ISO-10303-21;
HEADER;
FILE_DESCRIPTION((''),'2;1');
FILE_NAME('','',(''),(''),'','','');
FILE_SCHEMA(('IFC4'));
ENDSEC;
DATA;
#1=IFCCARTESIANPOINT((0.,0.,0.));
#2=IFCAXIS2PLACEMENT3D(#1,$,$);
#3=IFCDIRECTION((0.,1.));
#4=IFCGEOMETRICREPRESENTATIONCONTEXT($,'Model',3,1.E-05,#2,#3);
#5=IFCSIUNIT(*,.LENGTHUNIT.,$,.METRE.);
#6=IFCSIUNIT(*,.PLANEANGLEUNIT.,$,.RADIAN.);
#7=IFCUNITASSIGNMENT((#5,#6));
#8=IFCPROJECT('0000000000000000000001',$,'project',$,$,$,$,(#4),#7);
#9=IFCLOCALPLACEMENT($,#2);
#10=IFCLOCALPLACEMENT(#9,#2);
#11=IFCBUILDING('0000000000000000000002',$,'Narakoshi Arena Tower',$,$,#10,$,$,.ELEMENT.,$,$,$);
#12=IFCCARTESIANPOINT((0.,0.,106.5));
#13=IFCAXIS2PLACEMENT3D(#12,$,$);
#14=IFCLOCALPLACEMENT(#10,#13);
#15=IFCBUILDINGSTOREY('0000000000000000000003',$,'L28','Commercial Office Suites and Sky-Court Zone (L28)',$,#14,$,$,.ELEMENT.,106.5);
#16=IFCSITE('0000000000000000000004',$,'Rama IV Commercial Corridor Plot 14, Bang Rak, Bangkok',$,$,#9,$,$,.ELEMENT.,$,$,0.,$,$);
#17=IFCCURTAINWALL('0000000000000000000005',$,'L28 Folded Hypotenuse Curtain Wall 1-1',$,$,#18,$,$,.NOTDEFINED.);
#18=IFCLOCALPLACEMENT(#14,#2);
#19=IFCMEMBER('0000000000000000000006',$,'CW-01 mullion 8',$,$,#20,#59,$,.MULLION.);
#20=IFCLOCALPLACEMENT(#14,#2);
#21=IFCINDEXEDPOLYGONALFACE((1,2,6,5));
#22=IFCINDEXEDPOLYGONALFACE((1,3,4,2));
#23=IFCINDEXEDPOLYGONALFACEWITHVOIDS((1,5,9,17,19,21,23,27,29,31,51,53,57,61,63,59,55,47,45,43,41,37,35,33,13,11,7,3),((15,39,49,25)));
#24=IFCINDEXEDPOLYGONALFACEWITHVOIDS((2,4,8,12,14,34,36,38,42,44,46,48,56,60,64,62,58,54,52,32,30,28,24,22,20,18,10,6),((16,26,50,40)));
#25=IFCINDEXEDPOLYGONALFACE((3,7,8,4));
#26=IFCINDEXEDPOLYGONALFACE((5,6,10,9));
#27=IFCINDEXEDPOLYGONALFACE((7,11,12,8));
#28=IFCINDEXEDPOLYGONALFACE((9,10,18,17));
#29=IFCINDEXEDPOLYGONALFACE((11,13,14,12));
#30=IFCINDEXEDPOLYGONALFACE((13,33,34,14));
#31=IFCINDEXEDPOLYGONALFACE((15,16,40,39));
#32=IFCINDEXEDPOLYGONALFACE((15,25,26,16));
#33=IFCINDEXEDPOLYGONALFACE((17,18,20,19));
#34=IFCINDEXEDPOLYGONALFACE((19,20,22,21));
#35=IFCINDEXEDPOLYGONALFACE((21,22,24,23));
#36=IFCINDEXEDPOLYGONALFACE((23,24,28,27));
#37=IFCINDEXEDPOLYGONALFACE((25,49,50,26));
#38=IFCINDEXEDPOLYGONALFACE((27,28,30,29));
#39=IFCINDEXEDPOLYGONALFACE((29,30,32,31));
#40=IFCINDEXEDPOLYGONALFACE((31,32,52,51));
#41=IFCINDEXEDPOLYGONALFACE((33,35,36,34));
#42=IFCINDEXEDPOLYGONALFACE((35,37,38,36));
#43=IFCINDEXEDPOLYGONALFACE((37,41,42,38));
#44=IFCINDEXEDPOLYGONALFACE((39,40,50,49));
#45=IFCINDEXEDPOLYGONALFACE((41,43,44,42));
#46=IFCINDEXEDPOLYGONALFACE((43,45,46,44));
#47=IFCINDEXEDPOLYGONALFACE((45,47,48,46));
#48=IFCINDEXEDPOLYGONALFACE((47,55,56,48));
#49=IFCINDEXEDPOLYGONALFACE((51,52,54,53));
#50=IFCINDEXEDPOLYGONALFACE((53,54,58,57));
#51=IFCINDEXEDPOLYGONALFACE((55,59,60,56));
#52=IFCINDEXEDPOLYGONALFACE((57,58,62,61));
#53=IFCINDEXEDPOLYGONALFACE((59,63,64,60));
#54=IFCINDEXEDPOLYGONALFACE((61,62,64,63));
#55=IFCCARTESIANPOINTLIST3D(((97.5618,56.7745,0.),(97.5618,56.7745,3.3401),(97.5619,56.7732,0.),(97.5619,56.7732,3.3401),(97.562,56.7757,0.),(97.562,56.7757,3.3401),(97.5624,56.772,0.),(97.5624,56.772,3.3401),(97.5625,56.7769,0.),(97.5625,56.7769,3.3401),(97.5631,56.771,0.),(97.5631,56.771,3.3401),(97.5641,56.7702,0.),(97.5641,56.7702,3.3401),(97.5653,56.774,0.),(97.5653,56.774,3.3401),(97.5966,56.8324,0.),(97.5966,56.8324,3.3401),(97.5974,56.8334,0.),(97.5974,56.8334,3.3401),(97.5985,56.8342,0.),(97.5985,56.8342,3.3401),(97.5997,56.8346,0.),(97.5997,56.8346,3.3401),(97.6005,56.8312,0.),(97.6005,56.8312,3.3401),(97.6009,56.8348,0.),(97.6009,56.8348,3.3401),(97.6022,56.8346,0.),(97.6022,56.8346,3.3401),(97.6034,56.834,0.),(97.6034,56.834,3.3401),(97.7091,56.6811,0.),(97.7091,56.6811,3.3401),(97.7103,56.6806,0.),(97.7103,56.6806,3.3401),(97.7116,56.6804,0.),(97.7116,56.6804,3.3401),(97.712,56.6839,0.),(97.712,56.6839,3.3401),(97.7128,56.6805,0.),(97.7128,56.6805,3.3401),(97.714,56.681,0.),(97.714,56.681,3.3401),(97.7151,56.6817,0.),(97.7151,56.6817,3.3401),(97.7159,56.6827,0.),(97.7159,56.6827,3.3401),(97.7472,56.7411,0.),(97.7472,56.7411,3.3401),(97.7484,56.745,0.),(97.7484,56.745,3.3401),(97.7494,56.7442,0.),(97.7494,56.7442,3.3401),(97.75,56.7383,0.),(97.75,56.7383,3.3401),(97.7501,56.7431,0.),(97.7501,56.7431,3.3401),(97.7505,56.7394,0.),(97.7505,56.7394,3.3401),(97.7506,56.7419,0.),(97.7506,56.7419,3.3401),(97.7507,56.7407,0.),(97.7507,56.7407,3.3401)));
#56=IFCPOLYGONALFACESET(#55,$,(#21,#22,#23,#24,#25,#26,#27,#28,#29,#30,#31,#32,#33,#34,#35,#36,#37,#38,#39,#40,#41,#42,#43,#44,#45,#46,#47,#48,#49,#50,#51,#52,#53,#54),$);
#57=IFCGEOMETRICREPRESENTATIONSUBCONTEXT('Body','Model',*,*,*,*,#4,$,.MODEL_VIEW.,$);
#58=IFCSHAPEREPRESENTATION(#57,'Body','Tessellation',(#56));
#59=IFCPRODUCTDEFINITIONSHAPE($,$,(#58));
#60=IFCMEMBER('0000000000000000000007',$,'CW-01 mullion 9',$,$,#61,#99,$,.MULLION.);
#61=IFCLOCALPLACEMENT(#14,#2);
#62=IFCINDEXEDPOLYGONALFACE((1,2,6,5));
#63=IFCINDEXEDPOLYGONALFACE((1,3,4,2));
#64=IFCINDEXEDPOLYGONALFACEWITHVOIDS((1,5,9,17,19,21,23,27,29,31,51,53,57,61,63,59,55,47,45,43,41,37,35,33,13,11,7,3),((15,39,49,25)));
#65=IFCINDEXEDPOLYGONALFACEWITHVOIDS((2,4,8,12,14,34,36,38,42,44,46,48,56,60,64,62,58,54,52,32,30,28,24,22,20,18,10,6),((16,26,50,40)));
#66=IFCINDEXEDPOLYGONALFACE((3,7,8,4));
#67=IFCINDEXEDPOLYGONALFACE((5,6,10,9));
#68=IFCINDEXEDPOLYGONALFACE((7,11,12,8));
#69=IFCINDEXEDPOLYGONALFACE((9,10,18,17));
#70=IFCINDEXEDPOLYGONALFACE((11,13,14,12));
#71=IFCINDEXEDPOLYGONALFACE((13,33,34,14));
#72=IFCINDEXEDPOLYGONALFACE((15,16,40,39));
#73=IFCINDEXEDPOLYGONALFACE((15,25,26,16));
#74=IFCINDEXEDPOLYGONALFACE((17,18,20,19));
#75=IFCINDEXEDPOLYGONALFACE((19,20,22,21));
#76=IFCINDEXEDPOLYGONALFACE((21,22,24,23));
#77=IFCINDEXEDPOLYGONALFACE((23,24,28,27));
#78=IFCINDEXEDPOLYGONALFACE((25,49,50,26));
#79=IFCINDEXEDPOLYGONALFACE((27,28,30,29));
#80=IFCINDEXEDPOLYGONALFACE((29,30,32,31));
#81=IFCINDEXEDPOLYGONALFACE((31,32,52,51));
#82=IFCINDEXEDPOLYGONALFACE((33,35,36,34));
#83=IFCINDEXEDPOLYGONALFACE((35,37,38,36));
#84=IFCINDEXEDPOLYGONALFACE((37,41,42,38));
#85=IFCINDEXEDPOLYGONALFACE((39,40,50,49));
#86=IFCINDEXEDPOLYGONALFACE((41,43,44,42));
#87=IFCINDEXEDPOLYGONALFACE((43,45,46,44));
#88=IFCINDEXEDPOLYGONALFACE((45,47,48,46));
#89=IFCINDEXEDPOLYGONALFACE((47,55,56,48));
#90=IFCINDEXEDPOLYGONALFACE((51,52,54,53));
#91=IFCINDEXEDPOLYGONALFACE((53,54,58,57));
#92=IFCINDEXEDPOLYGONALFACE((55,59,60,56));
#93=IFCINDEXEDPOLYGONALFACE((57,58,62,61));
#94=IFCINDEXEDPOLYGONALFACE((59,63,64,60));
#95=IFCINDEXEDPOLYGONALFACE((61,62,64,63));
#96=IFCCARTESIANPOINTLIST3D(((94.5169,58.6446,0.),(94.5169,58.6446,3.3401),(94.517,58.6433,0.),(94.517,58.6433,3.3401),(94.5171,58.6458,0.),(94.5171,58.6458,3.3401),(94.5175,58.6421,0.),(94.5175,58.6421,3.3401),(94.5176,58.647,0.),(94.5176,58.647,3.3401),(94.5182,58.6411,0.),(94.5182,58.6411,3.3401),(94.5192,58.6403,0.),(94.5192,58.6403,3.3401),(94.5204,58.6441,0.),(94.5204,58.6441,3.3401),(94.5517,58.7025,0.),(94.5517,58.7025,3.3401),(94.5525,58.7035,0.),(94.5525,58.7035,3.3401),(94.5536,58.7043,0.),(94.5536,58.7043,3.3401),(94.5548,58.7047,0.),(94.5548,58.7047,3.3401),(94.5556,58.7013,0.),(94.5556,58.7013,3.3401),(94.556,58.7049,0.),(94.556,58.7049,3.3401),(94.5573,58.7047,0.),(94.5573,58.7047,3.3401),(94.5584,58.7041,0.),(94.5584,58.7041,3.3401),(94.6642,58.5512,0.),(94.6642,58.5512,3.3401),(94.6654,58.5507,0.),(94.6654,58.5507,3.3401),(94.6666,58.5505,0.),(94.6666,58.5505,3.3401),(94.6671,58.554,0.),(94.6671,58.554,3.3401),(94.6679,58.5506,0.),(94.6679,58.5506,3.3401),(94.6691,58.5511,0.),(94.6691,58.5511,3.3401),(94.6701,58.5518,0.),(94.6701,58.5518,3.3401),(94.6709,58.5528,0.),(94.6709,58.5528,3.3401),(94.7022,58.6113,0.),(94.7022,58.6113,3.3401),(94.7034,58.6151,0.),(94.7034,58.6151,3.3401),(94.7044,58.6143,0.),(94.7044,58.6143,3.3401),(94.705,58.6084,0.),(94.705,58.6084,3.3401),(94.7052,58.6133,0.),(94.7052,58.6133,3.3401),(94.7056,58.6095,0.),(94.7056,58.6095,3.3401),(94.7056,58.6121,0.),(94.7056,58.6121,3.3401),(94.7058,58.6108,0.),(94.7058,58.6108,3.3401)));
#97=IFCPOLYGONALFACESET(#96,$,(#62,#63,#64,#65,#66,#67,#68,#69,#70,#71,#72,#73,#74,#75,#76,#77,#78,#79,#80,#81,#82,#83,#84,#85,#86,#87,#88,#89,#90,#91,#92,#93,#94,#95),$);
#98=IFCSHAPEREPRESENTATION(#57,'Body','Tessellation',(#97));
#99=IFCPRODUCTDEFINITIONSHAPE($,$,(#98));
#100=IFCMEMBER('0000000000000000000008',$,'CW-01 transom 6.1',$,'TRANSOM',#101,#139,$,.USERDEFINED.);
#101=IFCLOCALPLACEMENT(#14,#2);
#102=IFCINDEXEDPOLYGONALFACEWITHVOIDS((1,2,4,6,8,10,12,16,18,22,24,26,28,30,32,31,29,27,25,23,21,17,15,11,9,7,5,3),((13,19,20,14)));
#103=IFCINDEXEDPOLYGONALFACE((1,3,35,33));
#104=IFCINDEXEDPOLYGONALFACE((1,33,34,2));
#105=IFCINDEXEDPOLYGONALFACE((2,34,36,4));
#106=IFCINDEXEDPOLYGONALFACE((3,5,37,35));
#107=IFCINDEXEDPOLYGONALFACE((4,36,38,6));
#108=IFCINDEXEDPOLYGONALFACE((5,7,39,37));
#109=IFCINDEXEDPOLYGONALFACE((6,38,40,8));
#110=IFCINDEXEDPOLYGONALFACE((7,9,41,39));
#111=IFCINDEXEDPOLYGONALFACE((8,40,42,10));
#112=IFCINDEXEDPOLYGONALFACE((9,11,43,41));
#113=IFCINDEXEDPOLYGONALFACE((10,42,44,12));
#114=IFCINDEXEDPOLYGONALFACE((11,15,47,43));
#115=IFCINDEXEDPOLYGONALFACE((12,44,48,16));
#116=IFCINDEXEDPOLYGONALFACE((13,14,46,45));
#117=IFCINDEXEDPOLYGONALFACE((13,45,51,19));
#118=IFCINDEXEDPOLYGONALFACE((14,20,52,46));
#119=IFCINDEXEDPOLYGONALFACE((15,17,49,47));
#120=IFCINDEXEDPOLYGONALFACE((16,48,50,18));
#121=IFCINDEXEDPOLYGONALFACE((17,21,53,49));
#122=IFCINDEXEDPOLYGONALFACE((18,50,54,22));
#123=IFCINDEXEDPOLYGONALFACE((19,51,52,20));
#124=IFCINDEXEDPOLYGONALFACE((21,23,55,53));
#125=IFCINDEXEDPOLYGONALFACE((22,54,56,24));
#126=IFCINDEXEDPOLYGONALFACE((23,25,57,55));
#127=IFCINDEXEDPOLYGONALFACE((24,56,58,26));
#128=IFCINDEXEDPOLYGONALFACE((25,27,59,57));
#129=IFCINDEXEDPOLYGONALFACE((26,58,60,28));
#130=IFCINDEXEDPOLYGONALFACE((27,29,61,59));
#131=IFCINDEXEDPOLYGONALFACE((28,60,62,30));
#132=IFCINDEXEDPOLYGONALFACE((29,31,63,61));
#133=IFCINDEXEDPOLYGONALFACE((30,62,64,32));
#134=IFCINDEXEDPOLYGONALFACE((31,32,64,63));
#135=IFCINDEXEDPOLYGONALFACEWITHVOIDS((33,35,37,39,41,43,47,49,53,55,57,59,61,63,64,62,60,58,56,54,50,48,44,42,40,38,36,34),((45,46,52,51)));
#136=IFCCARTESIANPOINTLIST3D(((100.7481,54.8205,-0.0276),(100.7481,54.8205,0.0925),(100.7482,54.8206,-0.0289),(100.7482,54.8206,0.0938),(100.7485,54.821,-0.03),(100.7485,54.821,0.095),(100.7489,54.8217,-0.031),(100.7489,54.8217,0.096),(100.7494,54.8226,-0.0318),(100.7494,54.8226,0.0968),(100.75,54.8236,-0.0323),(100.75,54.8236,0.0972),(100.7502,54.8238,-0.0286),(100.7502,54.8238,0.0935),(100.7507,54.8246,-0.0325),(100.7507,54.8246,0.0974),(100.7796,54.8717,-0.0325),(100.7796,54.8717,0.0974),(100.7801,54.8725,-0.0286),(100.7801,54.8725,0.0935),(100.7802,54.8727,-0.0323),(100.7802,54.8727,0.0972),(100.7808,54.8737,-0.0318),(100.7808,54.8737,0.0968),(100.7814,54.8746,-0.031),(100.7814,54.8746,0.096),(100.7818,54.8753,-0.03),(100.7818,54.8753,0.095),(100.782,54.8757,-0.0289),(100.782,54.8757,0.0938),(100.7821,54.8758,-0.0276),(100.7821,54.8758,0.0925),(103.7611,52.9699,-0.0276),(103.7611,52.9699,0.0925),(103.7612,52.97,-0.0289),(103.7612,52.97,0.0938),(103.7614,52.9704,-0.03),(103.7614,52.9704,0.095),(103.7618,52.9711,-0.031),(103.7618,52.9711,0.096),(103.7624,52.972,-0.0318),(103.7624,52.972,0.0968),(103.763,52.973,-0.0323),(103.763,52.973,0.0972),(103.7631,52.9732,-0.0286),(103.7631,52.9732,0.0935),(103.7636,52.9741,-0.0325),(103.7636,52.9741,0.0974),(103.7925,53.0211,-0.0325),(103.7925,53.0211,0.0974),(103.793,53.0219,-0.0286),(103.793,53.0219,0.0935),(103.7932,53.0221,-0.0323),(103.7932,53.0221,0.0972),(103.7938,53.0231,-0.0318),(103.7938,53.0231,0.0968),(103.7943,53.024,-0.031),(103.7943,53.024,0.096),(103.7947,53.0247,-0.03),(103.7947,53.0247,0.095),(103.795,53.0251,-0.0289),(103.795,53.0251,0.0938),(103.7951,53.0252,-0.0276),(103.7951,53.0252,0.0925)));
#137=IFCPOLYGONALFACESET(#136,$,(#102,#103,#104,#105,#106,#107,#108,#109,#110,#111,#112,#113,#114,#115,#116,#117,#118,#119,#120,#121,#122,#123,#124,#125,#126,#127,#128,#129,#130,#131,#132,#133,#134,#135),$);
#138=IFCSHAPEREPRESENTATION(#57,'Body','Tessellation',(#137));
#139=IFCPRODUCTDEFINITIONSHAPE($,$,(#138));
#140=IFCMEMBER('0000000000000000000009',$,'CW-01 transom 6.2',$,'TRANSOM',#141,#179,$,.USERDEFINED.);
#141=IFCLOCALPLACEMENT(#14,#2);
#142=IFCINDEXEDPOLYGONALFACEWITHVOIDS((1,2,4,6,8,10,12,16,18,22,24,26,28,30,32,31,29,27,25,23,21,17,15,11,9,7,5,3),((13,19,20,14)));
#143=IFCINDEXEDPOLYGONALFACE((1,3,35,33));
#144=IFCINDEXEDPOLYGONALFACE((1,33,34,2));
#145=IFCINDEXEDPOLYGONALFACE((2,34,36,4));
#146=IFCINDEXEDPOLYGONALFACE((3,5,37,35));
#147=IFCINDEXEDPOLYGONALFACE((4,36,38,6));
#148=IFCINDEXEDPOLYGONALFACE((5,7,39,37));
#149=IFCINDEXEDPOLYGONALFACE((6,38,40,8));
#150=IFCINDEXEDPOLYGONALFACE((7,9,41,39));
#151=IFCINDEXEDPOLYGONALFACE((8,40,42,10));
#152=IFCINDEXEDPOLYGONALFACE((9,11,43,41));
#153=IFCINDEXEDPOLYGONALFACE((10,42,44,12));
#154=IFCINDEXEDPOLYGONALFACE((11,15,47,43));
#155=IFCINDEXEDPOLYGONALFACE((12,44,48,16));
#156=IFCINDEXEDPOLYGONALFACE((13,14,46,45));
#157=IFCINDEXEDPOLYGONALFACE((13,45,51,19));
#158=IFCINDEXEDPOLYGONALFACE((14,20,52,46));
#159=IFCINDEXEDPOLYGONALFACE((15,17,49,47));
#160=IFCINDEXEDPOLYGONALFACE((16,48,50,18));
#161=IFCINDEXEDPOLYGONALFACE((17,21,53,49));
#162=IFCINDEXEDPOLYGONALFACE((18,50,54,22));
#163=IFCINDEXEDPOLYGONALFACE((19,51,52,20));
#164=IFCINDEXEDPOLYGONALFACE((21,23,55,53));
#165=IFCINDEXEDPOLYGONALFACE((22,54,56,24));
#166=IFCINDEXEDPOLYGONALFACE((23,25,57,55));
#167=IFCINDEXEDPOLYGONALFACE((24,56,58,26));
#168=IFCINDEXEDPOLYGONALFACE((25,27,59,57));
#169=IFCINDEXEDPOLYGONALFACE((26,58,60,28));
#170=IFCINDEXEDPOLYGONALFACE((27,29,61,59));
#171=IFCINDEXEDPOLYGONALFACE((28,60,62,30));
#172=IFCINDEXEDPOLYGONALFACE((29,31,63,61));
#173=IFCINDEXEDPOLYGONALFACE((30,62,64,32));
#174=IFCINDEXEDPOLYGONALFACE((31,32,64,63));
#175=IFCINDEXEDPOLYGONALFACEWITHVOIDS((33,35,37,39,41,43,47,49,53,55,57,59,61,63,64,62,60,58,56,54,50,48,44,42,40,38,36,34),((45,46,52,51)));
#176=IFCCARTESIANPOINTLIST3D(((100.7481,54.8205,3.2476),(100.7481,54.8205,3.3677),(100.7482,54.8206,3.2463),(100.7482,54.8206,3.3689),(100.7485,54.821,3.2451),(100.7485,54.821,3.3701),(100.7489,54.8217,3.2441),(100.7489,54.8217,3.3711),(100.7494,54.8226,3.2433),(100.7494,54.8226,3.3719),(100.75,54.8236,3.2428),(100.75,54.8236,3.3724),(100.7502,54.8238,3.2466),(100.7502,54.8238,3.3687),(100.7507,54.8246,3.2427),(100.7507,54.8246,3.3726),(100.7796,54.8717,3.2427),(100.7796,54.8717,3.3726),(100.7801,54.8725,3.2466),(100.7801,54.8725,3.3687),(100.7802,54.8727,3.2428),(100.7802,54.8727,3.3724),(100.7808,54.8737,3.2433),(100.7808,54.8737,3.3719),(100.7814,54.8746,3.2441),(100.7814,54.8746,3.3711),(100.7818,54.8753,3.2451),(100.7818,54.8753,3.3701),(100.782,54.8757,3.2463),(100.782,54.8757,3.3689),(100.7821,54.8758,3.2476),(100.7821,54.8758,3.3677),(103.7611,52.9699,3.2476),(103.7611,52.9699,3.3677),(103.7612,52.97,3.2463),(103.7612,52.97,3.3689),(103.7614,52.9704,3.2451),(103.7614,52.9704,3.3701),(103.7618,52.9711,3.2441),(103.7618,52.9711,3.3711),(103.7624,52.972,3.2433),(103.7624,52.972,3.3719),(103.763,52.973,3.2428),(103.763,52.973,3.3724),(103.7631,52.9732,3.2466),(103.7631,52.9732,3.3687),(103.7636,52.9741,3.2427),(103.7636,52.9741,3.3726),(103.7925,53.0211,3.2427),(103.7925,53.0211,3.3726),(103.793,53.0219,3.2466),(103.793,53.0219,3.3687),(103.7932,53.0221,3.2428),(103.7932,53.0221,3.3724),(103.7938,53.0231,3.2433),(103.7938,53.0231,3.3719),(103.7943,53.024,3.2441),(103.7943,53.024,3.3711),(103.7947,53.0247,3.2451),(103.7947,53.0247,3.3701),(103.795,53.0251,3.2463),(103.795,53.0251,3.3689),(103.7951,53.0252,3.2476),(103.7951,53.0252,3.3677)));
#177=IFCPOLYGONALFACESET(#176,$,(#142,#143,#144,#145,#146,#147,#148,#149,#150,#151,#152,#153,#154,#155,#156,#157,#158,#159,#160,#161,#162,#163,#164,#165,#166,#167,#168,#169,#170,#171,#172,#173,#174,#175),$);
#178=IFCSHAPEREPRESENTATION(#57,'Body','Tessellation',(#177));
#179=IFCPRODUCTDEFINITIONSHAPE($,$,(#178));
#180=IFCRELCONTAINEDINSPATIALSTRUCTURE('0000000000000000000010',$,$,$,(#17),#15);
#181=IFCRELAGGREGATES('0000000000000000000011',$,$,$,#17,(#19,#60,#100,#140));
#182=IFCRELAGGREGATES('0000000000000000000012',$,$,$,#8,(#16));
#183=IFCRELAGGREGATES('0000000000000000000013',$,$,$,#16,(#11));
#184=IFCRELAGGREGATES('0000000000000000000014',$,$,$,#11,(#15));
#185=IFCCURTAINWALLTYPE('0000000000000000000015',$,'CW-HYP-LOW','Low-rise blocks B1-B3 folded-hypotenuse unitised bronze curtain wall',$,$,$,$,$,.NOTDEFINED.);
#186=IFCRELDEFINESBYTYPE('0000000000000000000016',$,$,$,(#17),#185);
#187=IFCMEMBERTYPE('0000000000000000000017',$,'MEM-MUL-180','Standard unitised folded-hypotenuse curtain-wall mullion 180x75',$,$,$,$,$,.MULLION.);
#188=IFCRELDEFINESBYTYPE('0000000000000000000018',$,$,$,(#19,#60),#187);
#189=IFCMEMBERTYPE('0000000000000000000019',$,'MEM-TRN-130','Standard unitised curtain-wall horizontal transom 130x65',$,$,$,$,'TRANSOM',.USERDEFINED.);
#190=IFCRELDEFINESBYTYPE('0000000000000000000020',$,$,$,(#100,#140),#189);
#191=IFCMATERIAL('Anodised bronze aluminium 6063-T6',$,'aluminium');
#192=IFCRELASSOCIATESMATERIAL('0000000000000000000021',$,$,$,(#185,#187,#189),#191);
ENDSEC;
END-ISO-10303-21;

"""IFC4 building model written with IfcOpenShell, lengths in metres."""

from ifc_helpers import new_model, si_unit, direction, frame, origin, origin_2d, place, context, subcontext, project, spatial, hollow_rectangle, extrude, material, material_profile, profile_set, type_object, element, aggregate, save


model = new_model("IFC4")

# Units and contexts
model_context = context("Model", 3, precision=1e-05, world=origin(), true_north=direction((0.0, 1.0)))
body_context = subcontext(model_context, "Body", "Model", "MODEL_VIEW")
ifc_project = project(units=[si_unit("LENGTHUNIT", "METRE"), si_unit("PLANEANGLEUNIT", "RADIAN")], contexts=[model_context])

# Site, building, storey
site_placement = place(None, origin())
site = spatial("IfcSite", under=ifc_project, at=site_placement, Name="Rama IV Commercial Corridor Plot 14, Bang Rak, Bangkok", CompositionType="ELEMENT", RefElevation=0.0)
building_placement = place(site_placement, origin())
building = spatial("IfcBuilding", under=site, at=building_placement, Name="Narakoshi Arena Tower", CompositionType="ELEMENT")
storey_placement = place(building_placement, frame((0.0, 0.0, 106.5)))
storey = spatial("IfcBuildingStorey", under=building, at=storey_placement, Name="L28", Description="Commercial Office Suites and Sky-Court Zone (L28)", CompositionType="ELEMENT", Elevation=106.5)

# Curtain wall, members
ifc_material_1 = material(Name="Anodised bronze aluminium 6063-T6", Category="aluminium")
curtain_wall_type = type_object("IfcCurtainWallType", Name="CW-HYP-LOW", Description="Low-rise blocks B1-B3 folded-hypotenuse unitised bronze curtain wall", PredefinedType="NOTDEFINED", material=ifc_material_1)
curtain_wall_placement = place(storey_placement, origin())
curtain_wall = element("IfcCurtainWall", 1, at=curtain_wall_placement, inside=storey, type_object=curtain_wall_type, Name="L28 Folded Hypotenuse Curtain Wall 1-1", PredefinedType="NOTDEFINED")
ifc_material_profile_1 = material_profile(ifc_material_1, hollow_rectangle(XDim=0.075, YDim=0.1799, WallThickness=0.0039, OuterFilletRadius=0.0049, at=origin_2d()), Name="MUL180x75x4")
ifc_profile_set_1 = profile_set([ifc_material_profile_1], Name="Anodised bronze aluminium 6063-T6")
member_type_1 = type_object("IfcMemberType", Name="MEM-MUL-180", Description="Standard unitised folded-hypotenuse curtain-wall mullion 180x75", PredefinedType="MULLION", material=ifc_profile_set_1)
member_1_placement = place(storey_placement, frame((97.6562, 56.7576, 0.0), z_axis=(0.0, 0.0, 1.0), x_axis=(-0.523358, -0.852113, 0.0)))
member_1 = element("IfcMember", 2, at=member_1_placement, type_object=member_type_1, Name="CW-01 mullion 8", PredefinedType="MULLION", context=body_context, shape_type="SweptSolid", body=[
    extrude(hollow_rectangle(XDim=0.075, YDim=0.1799, WallThickness=0.0039, OuterFilletRadius=0.0049, at=origin_2d()), origin(), (0.0, 0.0, 1.0), 3.3401),
])
member_2_placement = place(storey_placement, frame((94.6113, 58.6277, 0.0), z_axis=(0.0, 0.0, 1.0), x_axis=(-0.523358, -0.852113, 0.0)))
member_2 = element("IfcMember", 3, at=member_2_placement, type_object=member_type_1, Name="CW-01 mullion 9", PredefinedType="MULLION", context=body_context, shape_type="SweptSolid", body=[
    extrude(hollow_rectangle(XDim=0.075, YDim=0.1799, WallThickness=0.0039, OuterFilletRadius=0.0049, at=origin_2d()), origin(), (0.0, 0.0, 1.0), 3.3401),
])
ifc_material_profile_2 = material_profile(ifc_material_1, hollow_rectangle(XDim=0.0649, YDim=0.1299, WallThickness=0.0039, OuterFilletRadius=0.0049, at=origin_2d()), Name="TRN130x65x4")
ifc_profile_set_2 = profile_set([ifc_material_profile_2], Name="Anodised bronze aluminium 6063-T6")
member_type_2 = type_object("IfcMemberType", Name="MEM-TRN-130", Description="Standard unitised curtain-wall horizontal transom 130x65", ElementType="TRANSOM", PredefinedType="USERDEFINED", material=ifc_profile_set_2)
member_3_placement = place(storey_placement, frame((103.7781, 52.9976, 0.0325), z_axis=(-0.852104, 0.523373, 0.0), x_axis=(-0.523373, -0.852104, 0.0)))
member_3 = element("IfcMember", 4, at=member_3_placement, type_object=member_type_2, Name="CW-01 transom 6.1", ObjectType="TRANSOM", PredefinedType="USERDEFINED", context=body_context, shape_type="SweptSolid", body=[
    extrude(hollow_rectangle(XDim=0.0649, YDim=0.1299, WallThickness=0.0039, OuterFilletRadius=0.0049, at=origin_2d()), origin(), (0.0, 0.0, 1.0), 3.5359),
])
member_4_placement = place(storey_placement, frame((103.7781, 52.9976, 3.3076), z_axis=(-0.852104, 0.523373, 0.0), x_axis=(-0.523373, -0.852104, 0.0)))
member_4 = element("IfcMember", 5, at=member_4_placement, type_object=member_type_2, Name="CW-01 transom 6.2", ObjectType="TRANSOM", PredefinedType="USERDEFINED", context=body_context, shape_type="SweptSolid", body=[
    extrude(hollow_rectangle(XDim=0.0649, YDim=0.1299, WallThickness=0.0039, OuterFilletRadius=0.0049, at=origin_2d()), origin(), (0.0, 0.0, 1.0), 3.5359),
])
aggregate(curtain_wall, [member_1, member_2, member_3, member_4])

save(model, "model.ifc")
